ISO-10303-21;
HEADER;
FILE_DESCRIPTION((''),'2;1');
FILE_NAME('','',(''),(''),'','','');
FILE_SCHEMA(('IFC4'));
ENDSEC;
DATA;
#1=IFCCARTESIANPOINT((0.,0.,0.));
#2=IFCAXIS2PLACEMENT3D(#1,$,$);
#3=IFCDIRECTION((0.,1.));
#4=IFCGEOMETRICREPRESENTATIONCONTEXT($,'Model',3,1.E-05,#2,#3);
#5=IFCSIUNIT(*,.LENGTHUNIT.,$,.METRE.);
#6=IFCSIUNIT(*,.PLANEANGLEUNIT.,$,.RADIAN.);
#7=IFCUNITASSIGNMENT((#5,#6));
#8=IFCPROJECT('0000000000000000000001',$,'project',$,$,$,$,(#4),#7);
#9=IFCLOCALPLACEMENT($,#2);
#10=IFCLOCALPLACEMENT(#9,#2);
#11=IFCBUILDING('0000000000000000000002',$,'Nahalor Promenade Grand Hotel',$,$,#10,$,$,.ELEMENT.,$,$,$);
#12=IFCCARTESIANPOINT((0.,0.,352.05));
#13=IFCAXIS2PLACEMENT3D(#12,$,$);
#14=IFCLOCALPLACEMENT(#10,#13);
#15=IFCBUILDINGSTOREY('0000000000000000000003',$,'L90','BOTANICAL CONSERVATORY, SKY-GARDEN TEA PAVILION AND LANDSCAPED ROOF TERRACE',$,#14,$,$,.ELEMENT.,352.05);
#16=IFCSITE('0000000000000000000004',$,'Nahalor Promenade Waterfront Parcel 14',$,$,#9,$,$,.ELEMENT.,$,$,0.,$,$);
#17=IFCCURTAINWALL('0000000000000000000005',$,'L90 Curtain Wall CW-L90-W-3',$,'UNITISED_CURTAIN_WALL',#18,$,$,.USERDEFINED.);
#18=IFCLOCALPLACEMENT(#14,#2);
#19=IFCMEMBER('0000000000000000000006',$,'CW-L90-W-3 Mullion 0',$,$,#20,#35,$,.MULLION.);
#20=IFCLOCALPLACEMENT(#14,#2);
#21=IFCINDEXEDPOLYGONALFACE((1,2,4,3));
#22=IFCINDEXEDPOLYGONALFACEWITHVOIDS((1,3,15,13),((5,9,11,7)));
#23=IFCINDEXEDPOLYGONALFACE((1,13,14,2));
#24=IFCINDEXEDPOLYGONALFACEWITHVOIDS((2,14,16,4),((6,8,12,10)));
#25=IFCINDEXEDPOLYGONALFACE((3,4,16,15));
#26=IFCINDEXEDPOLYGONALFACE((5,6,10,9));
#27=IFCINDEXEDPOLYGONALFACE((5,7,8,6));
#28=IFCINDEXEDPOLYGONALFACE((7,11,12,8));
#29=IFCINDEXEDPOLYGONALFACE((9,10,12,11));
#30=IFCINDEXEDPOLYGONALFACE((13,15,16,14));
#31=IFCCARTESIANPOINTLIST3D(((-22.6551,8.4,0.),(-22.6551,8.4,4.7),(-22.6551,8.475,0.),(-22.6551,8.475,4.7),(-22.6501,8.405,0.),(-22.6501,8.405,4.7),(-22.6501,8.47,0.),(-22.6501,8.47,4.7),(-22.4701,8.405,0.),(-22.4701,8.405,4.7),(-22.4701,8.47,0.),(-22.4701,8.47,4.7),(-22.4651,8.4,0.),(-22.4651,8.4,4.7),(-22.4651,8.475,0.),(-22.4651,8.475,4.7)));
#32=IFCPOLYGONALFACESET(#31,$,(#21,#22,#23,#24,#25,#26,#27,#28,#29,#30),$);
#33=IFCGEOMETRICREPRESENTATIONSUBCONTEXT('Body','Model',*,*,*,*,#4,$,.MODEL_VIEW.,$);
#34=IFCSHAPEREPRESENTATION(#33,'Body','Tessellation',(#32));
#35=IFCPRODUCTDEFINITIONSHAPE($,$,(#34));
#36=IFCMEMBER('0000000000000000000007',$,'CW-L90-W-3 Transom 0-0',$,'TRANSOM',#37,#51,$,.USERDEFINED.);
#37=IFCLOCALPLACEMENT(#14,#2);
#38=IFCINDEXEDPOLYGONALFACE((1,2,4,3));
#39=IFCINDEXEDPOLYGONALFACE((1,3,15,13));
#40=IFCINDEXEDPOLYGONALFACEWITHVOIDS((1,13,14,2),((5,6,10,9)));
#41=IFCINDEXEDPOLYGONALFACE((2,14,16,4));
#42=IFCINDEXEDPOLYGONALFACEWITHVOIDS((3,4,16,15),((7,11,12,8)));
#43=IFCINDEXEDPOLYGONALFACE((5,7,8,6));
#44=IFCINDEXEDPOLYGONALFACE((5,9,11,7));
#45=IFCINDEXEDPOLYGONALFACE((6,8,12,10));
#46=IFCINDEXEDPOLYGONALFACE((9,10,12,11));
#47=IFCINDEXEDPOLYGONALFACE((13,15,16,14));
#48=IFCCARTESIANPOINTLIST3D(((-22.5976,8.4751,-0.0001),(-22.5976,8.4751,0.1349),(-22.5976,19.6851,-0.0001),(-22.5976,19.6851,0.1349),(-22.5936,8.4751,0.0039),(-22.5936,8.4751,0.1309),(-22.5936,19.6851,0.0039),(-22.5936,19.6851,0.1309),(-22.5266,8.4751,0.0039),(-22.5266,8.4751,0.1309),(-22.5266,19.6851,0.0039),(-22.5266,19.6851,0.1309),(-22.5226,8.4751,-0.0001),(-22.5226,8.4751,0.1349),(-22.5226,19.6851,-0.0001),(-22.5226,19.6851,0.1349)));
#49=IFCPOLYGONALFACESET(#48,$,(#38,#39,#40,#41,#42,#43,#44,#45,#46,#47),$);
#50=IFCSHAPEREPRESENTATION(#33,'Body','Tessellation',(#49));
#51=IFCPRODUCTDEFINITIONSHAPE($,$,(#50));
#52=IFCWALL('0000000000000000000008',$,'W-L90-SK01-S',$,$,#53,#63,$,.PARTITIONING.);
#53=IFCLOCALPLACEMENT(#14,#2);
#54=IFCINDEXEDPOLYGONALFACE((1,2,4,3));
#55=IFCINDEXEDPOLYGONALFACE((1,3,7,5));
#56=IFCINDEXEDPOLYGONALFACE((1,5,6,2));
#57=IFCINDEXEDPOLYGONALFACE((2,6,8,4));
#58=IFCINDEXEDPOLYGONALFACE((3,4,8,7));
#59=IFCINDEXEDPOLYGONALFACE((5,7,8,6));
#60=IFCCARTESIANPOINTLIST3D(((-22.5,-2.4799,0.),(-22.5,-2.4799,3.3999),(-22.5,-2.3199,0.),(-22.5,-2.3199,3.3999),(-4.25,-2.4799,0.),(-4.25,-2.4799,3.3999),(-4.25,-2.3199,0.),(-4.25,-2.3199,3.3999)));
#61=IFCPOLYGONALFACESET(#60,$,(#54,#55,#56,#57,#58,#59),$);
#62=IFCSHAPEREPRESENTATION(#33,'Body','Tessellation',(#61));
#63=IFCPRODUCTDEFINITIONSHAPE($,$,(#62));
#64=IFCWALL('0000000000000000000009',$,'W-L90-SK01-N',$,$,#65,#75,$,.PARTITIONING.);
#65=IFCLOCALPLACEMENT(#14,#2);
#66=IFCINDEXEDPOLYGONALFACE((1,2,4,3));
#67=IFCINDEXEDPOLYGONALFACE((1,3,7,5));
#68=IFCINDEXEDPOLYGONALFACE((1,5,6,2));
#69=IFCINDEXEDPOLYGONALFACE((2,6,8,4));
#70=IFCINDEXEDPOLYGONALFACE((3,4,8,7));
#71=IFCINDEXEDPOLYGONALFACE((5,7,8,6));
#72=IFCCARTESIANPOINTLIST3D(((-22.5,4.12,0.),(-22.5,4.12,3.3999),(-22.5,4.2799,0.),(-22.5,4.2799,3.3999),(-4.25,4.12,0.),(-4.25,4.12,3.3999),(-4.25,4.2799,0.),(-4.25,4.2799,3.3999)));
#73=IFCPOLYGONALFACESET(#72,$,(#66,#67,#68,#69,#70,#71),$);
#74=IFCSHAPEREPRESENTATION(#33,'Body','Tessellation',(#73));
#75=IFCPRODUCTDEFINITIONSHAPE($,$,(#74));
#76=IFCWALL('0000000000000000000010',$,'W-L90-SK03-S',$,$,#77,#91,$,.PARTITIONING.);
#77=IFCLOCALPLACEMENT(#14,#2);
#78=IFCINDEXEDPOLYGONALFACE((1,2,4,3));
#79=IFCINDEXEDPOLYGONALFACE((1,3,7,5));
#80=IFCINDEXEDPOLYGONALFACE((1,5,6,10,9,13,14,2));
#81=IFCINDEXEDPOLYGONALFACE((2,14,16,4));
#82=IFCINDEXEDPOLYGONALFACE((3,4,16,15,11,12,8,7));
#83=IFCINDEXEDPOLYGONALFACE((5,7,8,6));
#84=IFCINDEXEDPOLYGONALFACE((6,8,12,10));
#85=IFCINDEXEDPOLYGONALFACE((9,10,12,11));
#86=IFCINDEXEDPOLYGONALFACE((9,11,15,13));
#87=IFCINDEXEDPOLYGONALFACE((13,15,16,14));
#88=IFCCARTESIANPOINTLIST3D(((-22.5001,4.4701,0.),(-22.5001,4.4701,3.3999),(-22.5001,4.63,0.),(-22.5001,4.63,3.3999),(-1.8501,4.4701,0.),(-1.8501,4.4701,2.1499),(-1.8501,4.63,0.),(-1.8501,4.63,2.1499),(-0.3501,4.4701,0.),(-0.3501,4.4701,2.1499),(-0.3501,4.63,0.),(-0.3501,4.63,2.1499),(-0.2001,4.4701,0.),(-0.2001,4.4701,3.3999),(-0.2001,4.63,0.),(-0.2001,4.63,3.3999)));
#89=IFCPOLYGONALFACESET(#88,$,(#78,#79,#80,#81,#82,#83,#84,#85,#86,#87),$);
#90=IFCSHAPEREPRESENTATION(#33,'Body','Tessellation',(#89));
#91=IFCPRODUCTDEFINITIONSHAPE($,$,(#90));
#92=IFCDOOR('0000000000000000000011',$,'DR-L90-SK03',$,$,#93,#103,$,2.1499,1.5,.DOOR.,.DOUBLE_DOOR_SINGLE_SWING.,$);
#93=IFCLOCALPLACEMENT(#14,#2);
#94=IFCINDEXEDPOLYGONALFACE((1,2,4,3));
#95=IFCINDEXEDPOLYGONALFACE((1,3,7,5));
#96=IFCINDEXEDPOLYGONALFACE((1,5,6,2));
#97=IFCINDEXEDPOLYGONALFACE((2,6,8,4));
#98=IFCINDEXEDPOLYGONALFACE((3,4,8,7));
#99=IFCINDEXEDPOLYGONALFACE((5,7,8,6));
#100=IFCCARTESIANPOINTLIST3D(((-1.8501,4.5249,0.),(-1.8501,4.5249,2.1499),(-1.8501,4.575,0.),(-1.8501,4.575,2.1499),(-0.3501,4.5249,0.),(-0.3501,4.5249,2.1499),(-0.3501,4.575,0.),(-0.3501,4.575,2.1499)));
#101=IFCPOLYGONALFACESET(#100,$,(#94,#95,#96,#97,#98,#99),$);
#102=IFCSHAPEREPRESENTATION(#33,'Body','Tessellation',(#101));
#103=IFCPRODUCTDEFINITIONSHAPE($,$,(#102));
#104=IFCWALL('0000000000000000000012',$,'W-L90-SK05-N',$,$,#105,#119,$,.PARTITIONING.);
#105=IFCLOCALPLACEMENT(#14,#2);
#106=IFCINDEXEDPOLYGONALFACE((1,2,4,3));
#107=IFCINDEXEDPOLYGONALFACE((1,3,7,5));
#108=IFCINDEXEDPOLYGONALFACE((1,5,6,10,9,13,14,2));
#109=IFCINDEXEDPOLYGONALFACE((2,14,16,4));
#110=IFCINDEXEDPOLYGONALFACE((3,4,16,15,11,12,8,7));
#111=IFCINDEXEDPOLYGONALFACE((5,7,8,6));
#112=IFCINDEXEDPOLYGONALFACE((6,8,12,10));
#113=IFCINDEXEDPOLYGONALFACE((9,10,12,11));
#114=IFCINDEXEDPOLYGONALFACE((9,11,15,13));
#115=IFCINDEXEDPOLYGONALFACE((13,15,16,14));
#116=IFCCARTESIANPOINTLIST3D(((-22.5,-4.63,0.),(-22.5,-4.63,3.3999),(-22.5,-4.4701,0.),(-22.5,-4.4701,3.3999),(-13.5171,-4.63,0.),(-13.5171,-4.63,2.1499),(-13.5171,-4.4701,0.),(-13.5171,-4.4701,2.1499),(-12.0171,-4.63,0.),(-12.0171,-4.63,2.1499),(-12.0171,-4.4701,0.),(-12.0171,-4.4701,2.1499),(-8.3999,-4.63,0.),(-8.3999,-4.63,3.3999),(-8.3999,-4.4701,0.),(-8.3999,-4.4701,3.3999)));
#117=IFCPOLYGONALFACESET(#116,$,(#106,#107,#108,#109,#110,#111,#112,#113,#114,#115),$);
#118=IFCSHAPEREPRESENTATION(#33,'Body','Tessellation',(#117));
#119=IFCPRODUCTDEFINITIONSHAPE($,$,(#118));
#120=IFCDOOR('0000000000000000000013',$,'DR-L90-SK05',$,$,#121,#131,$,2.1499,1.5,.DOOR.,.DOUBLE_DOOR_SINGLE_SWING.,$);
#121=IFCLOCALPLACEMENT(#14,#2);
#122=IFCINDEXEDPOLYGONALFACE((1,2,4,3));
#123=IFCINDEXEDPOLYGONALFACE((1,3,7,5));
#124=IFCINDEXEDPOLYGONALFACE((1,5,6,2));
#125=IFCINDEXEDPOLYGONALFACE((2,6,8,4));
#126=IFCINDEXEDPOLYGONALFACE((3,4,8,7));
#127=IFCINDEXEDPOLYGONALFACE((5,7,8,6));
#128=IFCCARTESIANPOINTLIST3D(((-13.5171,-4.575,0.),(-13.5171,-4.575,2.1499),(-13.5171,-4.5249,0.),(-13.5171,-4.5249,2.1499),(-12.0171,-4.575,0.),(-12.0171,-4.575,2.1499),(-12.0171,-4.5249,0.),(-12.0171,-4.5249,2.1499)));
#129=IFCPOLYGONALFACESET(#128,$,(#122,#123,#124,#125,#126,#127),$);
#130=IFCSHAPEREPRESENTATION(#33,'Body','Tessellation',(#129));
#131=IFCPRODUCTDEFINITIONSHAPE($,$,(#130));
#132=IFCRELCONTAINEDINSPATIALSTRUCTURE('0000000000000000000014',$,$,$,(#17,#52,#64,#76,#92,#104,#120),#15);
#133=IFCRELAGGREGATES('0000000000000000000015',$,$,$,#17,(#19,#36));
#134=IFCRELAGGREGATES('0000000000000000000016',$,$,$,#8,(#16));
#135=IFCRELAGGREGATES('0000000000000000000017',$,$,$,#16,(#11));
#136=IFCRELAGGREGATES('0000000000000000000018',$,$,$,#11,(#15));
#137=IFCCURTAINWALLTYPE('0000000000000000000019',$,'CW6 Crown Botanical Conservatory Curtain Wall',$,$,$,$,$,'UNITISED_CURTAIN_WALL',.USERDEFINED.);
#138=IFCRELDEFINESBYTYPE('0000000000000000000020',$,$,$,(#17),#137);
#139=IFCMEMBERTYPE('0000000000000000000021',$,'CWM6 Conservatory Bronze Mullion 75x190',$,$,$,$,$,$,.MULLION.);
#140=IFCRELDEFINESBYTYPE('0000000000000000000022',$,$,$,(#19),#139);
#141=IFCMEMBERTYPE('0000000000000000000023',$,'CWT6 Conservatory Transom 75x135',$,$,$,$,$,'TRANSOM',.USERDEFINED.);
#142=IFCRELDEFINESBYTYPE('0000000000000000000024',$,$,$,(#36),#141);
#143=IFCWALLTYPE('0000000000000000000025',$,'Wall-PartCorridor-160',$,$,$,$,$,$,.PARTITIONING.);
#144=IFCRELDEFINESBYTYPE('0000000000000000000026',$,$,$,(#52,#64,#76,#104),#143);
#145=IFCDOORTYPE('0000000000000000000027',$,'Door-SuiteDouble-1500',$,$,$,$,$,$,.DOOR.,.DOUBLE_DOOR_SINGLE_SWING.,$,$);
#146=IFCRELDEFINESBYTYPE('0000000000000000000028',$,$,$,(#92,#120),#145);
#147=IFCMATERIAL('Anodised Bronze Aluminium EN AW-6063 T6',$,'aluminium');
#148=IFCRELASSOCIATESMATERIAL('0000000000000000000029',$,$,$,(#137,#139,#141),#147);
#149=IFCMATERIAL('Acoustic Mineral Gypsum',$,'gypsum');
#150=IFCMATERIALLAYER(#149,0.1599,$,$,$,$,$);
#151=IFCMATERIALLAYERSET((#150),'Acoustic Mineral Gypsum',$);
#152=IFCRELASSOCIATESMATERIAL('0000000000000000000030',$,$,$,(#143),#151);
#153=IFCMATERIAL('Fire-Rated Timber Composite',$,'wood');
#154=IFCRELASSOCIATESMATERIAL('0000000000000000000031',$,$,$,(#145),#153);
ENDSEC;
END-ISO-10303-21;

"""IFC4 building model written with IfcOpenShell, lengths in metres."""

from ifc_helpers import new_model, si_unit, direction, frame, frame_2d, origin, origin_2d, place, context, subcontext, project, spatial, rectangle, hollow_rectangle, extrude, source, transform, mapped, material, layer, layer_set, material_profile, profile_set, type_object, element, fill, aggregate, save


model = new_model("IFC4")

# Units and contexts
model_context = context("Model", 3, precision=1e-05, world=origin(), true_north=direction((0.0, 1.0)))
body_context = subcontext(model_context, "Body", "Model", "MODEL_VIEW")
ifc_project = project(units=[si_unit("LENGTHUNIT", "METRE"), si_unit("PLANEANGLEUNIT", "RADIAN")], contexts=[model_context])

# Site, building, storey
site_placement = place(None, origin())
site = spatial("IfcSite", under=ifc_project, at=site_placement, Name="Nahalor Promenade Waterfront Parcel 14", CompositionType="ELEMENT", RefElevation=0.0)
building_placement = place(site_placement, origin())
building = spatial("IfcBuilding", under=site, at=building_placement, Name="Nahalor Promenade Grand Hotel", CompositionType="ELEMENT")
storey_placement = place(building_placement, frame((0.0, 0.0, 352.05)))
storey = spatial("IfcBuildingStorey", under=building, at=storey_placement, Name="L90", Description="BOTANICAL CONSERVATORY, SKY-GARDEN TEA PAVILION AND LANDSCAPED ROOF TERRACE", CompositionType="ELEMENT", Elevation=352.05)

# Curtain wall, members
ifc_material_1 = material(Name="Anodised Bronze Aluminium EN AW-6063 T6", Category="aluminium")
curtain_wall_type = type_object("IfcCurtainWallType", Name="CW6 Crown Botanical Conservatory Curtain Wall", ElementType="UNITISED_CURTAIN_WALL", PredefinedType="USERDEFINED", material=ifc_material_1)
curtain_wall_placement = place(storey_placement, origin())
curtain_wall = element("IfcCurtainWall", 1, at=curtain_wall_placement, inside=storey, type_object=curtain_wall_type, Name="L90 Curtain Wall CW-L90-W-3", ObjectType="UNITISED_CURTAIN_WALL", PredefinedType="USERDEFINED")
ifc_material_profile_1 = material_profile(ifc_material_1, hollow_rectangle(XDim=0.075, YDim=0.19, WallThickness=0.005, at=origin_2d()), Name="CWM 75x190x5")
ifc_profile_set_1 = profile_set([ifc_material_profile_1], Name="Anodised Bronze Aluminium EN AW-6063 T6")
member_type_1 = type_object("IfcMemberType", Name="CWM6 Conservatory Bronze Mullion 75x190", PredefinedType="MULLION", material=ifc_profile_set_1)
shared_shape_1 = source(origin(), body_context, "Body", "SweptSolid", [
    extrude(hollow_rectangle(XDim=0.075, YDim=0.19, WallThickness=0.005, at=origin_2d()), origin(), (0.0, 0.0, 1.0), 4.7),
])
member_1_placement = place(storey_placement, frame((-22.5601, 8.4375, 0.0), z_axis=(0.0, 0.0, 1.0), x_axis=(0.0, 1.0, 0.0)))
member_1 = element("IfcMember", 2, at=member_1_placement, type_object=member_type_1, Name="CW-L90-W-3 Mullion 0", PredefinedType="MULLION", context=body_context, shape_type="MappedRepresentation", body=[
    mapped(shared_shape_1, transform((0.0, 0.0, 0.0), scale=1.0)),
])
ifc_material_profile_2 = material_profile(ifc_material_1, hollow_rectangle(XDim=0.075, YDim=0.135, WallThickness=0.004, at=origin_2d()), Name="CWT 75x135x4")
ifc_profile_set_2 = profile_set([ifc_material_profile_2], Name="Anodised Bronze Aluminium EN AW-6063 T6")
member_type_2 = type_object("IfcMemberType", Name="CWT6 Conservatory Transom 75x135", ElementType="TRANSOM", PredefinedType="USERDEFINED", material=ifc_profile_set_2)
shared_shape_2 = source(origin(), body_context, "Body", "SweptSolid", [
    extrude(hollow_rectangle(XDim=0.075, YDim=0.135, WallThickness=0.004, at=origin_2d()), origin(), (0.0, 0.0, 1.0), 11.21),
])
member_2_placement = place(storey_placement, frame((-22.5601, 8.4751, 0.0674), z_axis=(0.0, 1.0, 0.0), x_axis=(-1.0, 0.0, 0.0)))
member_2 = element("IfcMember", 3, at=member_2_placement, type_object=member_type_2, Name="CW-L90-W-3 Transom 0-0", ObjectType="TRANSOM", PredefinedType="USERDEFINED", context=body_context, shape_type="MappedRepresentation", body=[
    mapped(shared_shape_2, transform((0.0, 0.0, 0.0), scale=1.0)),
])
aggregate(curtain_wall, [member_1, member_2])

# Walls
ifc_material_2 = material(Name="Acoustic Mineral Gypsum", Category="gypsum")
ifc_layer = layer(ifc_material_2, 0.1599)
ifc_layer_set = layer_set([ifc_layer], Name="Acoustic Mineral Gypsum")
wall_type = type_object("IfcWallType", Name="Wall-PartCorridor-160", PredefinedType="PARTITIONING", material=ifc_layer_set)
shared_shape_3 = source(origin(), body_context, "Body", "SweptSolid", [
    extrude(rectangle(XDim=18.25, YDim=0.1599, at=frame_2d((9.125, 0.0))), origin(), (0.0, 0.0, 1.0), 3.3999),
])
for number, where, z_axis, x_axis, name in (
    (4, (-22.5, -2.3999, 0.0), (0.0, 0.0, 1.0), (1.0, 0.0, 0.0), "W-L90-SK01-S"),
    (5, (-22.5, 4.2, 0.0), (0.0, 0.0, 1.0), (1.0, 0.0, 0.0), "W-L90-SK01-N"),
):
    element("IfcWall", number, at=place(storey_placement, frame(where, z_axis=z_axis, x_axis=x_axis)), inside=storey, type_object=wall_type, Name=name, PredefinedType="PARTITIONING", context=body_context, shape_type="MappedRepresentation", body=[
        mapped(shared_shape_3, transform((0.0, 0.0, 0.0), scale=1.0)),
    ])

# Walls, openings, doors
shared_shape_4 = source(origin(), body_context, "Body", "SweptSolid", [
    extrude(rectangle(XDim=22.3, YDim=0.1599, at=frame_2d((11.1499, 0.0))), origin(), (0.0, 0.0, 1.0), 3.3999),
])
wall_1_placement = place(storey_placement, frame((-22.5, 4.55, 0.0), z_axis=(0.0, 0.0, 1.0), x_axis=(1.0, 0.0, 0.0)))
wall_1 = element("IfcWall", 6, at=wall_1_placement, inside=storey, type_object=wall_type, Name="W-L90-SK03-S", PredefinedType="PARTITIONING", context=body_context, shape_type="MappedRepresentation", body=[
    mapped(shared_shape_4, transform((0.0, 0.0, 0.0), scale=1.0)),
])
opening_1_placement = place(wall_1_placement, frame((20.6499, 0.0, 0.0)))
opening_1 = element("IfcOpeningElement", 7, at=opening_1_placement, cuts=wall_1, PredefinedType="OPENING", context=body_context, shape_type="SweptSolid", body=[
    extrude(rectangle(XDim=1.5, YDim=2.1499, at=frame_2d((0.75, 1.075))), frame((0.0, 0.0898, 0.0), z_axis=(0.0, -1.0, 0.0), x_axis=(1.0, 0.0, 0.0)), (0.0, 0.0, 1.0), 0.1799),
])
ifc_material_3 = material(Name="Fire-Rated Timber Composite", Category="wood")
door_type = type_object("IfcDoorType", Name="Door-SuiteDouble-1500", OperationType="DOUBLE_DOOR_SINGLE_SWING", PredefinedType="DOOR", material=ifc_material_3)
shared_shape_5 = source(origin(), body_context, "Body", "SweptSolid", [
    extrude(rectangle(XDim=1.5, YDim=2.1499, at=frame_2d((0.75, 1.075))), frame((0.0, 0.0249, 0.0), z_axis=(0.0, -1.0, 0.0), x_axis=(1.0, 0.0, 0.0)), (0.0, 0.0, 1.0), 0.05),
])
door_1_placement = place(opening_1_placement, origin())
door_1 = element("IfcDoor", 8, at=door_1_placement, inside=storey, type_object=door_type, Name="DR-L90-SK03", OperationType="DOUBLE_DOOR_SINGLE_SWING", OverallHeight=2.1499, OverallWidth=1.5, PredefinedType="DOOR", context=body_context, shape_type="MappedRepresentation", body=[
    mapped(shared_shape_5, transform((0.0, 0.0, 0.0), scale=1.0)),
])
fill(opening_1, door_1)
shared_shape_6 = source(origin(), body_context, "Body", "SweptSolid", [
    extrude(rectangle(XDim=14.1001, YDim=0.1599, at=frame_2d((7.05, 0.0))), origin(), (0.0, 0.0, 1.0), 3.3999),
])
wall_2_placement = place(storey_placement, frame((-22.5, -4.55, 0.0), z_axis=(0.0, 0.0, 1.0), x_axis=(1.0, 0.0, 0.0)))
wall_2 = element("IfcWall", 9, at=wall_2_placement, inside=storey, type_object=wall_type, Name="W-L90-SK05-N", PredefinedType="PARTITIONING", context=body_context, shape_type="MappedRepresentation", body=[
    mapped(shared_shape_6, transform((0.0, 0.0, 0.0), scale=1.0)),
])
opening_2_placement = place(wall_2_placement, frame((8.9829, 0.0, 0.0)))
opening_2 = element("IfcOpeningElement", 10, at=opening_2_placement, cuts=wall_2, PredefinedType="OPENING", context=body_context, shape_type="SweptSolid", body=[
    extrude(rectangle(XDim=1.5, YDim=2.1499, at=frame_2d((0.75, 1.075))), frame((0.0, 0.0898, 0.0), z_axis=(0.0, -1.0, 0.0), x_axis=(1.0, 0.0, 0.0)), (0.0, 0.0, 1.0), 0.1799),
])
door_2_placement = place(opening_2_placement, frame((1.5, 0.0, 0.0), z_axis=(0.0, 0.0, 1.0), x_axis=(-1.0, 0.0, 0.0)))
door_2 = element("IfcDoor", 11, at=door_2_placement, inside=storey, type_object=door_type, Name="DR-L90-SK05", OperationType="DOUBLE_DOOR_SINGLE_SWING", OverallHeight=2.1499, OverallWidth=1.5, PredefinedType="DOOR", context=body_context, shape_type="MappedRepresentation", body=[
    mapped(shared_shape_5, transform((0.0, 0.0, 0.0), scale=1.0)),
])
fill(opening_2, door_2)

save(model, "model.ifc")
